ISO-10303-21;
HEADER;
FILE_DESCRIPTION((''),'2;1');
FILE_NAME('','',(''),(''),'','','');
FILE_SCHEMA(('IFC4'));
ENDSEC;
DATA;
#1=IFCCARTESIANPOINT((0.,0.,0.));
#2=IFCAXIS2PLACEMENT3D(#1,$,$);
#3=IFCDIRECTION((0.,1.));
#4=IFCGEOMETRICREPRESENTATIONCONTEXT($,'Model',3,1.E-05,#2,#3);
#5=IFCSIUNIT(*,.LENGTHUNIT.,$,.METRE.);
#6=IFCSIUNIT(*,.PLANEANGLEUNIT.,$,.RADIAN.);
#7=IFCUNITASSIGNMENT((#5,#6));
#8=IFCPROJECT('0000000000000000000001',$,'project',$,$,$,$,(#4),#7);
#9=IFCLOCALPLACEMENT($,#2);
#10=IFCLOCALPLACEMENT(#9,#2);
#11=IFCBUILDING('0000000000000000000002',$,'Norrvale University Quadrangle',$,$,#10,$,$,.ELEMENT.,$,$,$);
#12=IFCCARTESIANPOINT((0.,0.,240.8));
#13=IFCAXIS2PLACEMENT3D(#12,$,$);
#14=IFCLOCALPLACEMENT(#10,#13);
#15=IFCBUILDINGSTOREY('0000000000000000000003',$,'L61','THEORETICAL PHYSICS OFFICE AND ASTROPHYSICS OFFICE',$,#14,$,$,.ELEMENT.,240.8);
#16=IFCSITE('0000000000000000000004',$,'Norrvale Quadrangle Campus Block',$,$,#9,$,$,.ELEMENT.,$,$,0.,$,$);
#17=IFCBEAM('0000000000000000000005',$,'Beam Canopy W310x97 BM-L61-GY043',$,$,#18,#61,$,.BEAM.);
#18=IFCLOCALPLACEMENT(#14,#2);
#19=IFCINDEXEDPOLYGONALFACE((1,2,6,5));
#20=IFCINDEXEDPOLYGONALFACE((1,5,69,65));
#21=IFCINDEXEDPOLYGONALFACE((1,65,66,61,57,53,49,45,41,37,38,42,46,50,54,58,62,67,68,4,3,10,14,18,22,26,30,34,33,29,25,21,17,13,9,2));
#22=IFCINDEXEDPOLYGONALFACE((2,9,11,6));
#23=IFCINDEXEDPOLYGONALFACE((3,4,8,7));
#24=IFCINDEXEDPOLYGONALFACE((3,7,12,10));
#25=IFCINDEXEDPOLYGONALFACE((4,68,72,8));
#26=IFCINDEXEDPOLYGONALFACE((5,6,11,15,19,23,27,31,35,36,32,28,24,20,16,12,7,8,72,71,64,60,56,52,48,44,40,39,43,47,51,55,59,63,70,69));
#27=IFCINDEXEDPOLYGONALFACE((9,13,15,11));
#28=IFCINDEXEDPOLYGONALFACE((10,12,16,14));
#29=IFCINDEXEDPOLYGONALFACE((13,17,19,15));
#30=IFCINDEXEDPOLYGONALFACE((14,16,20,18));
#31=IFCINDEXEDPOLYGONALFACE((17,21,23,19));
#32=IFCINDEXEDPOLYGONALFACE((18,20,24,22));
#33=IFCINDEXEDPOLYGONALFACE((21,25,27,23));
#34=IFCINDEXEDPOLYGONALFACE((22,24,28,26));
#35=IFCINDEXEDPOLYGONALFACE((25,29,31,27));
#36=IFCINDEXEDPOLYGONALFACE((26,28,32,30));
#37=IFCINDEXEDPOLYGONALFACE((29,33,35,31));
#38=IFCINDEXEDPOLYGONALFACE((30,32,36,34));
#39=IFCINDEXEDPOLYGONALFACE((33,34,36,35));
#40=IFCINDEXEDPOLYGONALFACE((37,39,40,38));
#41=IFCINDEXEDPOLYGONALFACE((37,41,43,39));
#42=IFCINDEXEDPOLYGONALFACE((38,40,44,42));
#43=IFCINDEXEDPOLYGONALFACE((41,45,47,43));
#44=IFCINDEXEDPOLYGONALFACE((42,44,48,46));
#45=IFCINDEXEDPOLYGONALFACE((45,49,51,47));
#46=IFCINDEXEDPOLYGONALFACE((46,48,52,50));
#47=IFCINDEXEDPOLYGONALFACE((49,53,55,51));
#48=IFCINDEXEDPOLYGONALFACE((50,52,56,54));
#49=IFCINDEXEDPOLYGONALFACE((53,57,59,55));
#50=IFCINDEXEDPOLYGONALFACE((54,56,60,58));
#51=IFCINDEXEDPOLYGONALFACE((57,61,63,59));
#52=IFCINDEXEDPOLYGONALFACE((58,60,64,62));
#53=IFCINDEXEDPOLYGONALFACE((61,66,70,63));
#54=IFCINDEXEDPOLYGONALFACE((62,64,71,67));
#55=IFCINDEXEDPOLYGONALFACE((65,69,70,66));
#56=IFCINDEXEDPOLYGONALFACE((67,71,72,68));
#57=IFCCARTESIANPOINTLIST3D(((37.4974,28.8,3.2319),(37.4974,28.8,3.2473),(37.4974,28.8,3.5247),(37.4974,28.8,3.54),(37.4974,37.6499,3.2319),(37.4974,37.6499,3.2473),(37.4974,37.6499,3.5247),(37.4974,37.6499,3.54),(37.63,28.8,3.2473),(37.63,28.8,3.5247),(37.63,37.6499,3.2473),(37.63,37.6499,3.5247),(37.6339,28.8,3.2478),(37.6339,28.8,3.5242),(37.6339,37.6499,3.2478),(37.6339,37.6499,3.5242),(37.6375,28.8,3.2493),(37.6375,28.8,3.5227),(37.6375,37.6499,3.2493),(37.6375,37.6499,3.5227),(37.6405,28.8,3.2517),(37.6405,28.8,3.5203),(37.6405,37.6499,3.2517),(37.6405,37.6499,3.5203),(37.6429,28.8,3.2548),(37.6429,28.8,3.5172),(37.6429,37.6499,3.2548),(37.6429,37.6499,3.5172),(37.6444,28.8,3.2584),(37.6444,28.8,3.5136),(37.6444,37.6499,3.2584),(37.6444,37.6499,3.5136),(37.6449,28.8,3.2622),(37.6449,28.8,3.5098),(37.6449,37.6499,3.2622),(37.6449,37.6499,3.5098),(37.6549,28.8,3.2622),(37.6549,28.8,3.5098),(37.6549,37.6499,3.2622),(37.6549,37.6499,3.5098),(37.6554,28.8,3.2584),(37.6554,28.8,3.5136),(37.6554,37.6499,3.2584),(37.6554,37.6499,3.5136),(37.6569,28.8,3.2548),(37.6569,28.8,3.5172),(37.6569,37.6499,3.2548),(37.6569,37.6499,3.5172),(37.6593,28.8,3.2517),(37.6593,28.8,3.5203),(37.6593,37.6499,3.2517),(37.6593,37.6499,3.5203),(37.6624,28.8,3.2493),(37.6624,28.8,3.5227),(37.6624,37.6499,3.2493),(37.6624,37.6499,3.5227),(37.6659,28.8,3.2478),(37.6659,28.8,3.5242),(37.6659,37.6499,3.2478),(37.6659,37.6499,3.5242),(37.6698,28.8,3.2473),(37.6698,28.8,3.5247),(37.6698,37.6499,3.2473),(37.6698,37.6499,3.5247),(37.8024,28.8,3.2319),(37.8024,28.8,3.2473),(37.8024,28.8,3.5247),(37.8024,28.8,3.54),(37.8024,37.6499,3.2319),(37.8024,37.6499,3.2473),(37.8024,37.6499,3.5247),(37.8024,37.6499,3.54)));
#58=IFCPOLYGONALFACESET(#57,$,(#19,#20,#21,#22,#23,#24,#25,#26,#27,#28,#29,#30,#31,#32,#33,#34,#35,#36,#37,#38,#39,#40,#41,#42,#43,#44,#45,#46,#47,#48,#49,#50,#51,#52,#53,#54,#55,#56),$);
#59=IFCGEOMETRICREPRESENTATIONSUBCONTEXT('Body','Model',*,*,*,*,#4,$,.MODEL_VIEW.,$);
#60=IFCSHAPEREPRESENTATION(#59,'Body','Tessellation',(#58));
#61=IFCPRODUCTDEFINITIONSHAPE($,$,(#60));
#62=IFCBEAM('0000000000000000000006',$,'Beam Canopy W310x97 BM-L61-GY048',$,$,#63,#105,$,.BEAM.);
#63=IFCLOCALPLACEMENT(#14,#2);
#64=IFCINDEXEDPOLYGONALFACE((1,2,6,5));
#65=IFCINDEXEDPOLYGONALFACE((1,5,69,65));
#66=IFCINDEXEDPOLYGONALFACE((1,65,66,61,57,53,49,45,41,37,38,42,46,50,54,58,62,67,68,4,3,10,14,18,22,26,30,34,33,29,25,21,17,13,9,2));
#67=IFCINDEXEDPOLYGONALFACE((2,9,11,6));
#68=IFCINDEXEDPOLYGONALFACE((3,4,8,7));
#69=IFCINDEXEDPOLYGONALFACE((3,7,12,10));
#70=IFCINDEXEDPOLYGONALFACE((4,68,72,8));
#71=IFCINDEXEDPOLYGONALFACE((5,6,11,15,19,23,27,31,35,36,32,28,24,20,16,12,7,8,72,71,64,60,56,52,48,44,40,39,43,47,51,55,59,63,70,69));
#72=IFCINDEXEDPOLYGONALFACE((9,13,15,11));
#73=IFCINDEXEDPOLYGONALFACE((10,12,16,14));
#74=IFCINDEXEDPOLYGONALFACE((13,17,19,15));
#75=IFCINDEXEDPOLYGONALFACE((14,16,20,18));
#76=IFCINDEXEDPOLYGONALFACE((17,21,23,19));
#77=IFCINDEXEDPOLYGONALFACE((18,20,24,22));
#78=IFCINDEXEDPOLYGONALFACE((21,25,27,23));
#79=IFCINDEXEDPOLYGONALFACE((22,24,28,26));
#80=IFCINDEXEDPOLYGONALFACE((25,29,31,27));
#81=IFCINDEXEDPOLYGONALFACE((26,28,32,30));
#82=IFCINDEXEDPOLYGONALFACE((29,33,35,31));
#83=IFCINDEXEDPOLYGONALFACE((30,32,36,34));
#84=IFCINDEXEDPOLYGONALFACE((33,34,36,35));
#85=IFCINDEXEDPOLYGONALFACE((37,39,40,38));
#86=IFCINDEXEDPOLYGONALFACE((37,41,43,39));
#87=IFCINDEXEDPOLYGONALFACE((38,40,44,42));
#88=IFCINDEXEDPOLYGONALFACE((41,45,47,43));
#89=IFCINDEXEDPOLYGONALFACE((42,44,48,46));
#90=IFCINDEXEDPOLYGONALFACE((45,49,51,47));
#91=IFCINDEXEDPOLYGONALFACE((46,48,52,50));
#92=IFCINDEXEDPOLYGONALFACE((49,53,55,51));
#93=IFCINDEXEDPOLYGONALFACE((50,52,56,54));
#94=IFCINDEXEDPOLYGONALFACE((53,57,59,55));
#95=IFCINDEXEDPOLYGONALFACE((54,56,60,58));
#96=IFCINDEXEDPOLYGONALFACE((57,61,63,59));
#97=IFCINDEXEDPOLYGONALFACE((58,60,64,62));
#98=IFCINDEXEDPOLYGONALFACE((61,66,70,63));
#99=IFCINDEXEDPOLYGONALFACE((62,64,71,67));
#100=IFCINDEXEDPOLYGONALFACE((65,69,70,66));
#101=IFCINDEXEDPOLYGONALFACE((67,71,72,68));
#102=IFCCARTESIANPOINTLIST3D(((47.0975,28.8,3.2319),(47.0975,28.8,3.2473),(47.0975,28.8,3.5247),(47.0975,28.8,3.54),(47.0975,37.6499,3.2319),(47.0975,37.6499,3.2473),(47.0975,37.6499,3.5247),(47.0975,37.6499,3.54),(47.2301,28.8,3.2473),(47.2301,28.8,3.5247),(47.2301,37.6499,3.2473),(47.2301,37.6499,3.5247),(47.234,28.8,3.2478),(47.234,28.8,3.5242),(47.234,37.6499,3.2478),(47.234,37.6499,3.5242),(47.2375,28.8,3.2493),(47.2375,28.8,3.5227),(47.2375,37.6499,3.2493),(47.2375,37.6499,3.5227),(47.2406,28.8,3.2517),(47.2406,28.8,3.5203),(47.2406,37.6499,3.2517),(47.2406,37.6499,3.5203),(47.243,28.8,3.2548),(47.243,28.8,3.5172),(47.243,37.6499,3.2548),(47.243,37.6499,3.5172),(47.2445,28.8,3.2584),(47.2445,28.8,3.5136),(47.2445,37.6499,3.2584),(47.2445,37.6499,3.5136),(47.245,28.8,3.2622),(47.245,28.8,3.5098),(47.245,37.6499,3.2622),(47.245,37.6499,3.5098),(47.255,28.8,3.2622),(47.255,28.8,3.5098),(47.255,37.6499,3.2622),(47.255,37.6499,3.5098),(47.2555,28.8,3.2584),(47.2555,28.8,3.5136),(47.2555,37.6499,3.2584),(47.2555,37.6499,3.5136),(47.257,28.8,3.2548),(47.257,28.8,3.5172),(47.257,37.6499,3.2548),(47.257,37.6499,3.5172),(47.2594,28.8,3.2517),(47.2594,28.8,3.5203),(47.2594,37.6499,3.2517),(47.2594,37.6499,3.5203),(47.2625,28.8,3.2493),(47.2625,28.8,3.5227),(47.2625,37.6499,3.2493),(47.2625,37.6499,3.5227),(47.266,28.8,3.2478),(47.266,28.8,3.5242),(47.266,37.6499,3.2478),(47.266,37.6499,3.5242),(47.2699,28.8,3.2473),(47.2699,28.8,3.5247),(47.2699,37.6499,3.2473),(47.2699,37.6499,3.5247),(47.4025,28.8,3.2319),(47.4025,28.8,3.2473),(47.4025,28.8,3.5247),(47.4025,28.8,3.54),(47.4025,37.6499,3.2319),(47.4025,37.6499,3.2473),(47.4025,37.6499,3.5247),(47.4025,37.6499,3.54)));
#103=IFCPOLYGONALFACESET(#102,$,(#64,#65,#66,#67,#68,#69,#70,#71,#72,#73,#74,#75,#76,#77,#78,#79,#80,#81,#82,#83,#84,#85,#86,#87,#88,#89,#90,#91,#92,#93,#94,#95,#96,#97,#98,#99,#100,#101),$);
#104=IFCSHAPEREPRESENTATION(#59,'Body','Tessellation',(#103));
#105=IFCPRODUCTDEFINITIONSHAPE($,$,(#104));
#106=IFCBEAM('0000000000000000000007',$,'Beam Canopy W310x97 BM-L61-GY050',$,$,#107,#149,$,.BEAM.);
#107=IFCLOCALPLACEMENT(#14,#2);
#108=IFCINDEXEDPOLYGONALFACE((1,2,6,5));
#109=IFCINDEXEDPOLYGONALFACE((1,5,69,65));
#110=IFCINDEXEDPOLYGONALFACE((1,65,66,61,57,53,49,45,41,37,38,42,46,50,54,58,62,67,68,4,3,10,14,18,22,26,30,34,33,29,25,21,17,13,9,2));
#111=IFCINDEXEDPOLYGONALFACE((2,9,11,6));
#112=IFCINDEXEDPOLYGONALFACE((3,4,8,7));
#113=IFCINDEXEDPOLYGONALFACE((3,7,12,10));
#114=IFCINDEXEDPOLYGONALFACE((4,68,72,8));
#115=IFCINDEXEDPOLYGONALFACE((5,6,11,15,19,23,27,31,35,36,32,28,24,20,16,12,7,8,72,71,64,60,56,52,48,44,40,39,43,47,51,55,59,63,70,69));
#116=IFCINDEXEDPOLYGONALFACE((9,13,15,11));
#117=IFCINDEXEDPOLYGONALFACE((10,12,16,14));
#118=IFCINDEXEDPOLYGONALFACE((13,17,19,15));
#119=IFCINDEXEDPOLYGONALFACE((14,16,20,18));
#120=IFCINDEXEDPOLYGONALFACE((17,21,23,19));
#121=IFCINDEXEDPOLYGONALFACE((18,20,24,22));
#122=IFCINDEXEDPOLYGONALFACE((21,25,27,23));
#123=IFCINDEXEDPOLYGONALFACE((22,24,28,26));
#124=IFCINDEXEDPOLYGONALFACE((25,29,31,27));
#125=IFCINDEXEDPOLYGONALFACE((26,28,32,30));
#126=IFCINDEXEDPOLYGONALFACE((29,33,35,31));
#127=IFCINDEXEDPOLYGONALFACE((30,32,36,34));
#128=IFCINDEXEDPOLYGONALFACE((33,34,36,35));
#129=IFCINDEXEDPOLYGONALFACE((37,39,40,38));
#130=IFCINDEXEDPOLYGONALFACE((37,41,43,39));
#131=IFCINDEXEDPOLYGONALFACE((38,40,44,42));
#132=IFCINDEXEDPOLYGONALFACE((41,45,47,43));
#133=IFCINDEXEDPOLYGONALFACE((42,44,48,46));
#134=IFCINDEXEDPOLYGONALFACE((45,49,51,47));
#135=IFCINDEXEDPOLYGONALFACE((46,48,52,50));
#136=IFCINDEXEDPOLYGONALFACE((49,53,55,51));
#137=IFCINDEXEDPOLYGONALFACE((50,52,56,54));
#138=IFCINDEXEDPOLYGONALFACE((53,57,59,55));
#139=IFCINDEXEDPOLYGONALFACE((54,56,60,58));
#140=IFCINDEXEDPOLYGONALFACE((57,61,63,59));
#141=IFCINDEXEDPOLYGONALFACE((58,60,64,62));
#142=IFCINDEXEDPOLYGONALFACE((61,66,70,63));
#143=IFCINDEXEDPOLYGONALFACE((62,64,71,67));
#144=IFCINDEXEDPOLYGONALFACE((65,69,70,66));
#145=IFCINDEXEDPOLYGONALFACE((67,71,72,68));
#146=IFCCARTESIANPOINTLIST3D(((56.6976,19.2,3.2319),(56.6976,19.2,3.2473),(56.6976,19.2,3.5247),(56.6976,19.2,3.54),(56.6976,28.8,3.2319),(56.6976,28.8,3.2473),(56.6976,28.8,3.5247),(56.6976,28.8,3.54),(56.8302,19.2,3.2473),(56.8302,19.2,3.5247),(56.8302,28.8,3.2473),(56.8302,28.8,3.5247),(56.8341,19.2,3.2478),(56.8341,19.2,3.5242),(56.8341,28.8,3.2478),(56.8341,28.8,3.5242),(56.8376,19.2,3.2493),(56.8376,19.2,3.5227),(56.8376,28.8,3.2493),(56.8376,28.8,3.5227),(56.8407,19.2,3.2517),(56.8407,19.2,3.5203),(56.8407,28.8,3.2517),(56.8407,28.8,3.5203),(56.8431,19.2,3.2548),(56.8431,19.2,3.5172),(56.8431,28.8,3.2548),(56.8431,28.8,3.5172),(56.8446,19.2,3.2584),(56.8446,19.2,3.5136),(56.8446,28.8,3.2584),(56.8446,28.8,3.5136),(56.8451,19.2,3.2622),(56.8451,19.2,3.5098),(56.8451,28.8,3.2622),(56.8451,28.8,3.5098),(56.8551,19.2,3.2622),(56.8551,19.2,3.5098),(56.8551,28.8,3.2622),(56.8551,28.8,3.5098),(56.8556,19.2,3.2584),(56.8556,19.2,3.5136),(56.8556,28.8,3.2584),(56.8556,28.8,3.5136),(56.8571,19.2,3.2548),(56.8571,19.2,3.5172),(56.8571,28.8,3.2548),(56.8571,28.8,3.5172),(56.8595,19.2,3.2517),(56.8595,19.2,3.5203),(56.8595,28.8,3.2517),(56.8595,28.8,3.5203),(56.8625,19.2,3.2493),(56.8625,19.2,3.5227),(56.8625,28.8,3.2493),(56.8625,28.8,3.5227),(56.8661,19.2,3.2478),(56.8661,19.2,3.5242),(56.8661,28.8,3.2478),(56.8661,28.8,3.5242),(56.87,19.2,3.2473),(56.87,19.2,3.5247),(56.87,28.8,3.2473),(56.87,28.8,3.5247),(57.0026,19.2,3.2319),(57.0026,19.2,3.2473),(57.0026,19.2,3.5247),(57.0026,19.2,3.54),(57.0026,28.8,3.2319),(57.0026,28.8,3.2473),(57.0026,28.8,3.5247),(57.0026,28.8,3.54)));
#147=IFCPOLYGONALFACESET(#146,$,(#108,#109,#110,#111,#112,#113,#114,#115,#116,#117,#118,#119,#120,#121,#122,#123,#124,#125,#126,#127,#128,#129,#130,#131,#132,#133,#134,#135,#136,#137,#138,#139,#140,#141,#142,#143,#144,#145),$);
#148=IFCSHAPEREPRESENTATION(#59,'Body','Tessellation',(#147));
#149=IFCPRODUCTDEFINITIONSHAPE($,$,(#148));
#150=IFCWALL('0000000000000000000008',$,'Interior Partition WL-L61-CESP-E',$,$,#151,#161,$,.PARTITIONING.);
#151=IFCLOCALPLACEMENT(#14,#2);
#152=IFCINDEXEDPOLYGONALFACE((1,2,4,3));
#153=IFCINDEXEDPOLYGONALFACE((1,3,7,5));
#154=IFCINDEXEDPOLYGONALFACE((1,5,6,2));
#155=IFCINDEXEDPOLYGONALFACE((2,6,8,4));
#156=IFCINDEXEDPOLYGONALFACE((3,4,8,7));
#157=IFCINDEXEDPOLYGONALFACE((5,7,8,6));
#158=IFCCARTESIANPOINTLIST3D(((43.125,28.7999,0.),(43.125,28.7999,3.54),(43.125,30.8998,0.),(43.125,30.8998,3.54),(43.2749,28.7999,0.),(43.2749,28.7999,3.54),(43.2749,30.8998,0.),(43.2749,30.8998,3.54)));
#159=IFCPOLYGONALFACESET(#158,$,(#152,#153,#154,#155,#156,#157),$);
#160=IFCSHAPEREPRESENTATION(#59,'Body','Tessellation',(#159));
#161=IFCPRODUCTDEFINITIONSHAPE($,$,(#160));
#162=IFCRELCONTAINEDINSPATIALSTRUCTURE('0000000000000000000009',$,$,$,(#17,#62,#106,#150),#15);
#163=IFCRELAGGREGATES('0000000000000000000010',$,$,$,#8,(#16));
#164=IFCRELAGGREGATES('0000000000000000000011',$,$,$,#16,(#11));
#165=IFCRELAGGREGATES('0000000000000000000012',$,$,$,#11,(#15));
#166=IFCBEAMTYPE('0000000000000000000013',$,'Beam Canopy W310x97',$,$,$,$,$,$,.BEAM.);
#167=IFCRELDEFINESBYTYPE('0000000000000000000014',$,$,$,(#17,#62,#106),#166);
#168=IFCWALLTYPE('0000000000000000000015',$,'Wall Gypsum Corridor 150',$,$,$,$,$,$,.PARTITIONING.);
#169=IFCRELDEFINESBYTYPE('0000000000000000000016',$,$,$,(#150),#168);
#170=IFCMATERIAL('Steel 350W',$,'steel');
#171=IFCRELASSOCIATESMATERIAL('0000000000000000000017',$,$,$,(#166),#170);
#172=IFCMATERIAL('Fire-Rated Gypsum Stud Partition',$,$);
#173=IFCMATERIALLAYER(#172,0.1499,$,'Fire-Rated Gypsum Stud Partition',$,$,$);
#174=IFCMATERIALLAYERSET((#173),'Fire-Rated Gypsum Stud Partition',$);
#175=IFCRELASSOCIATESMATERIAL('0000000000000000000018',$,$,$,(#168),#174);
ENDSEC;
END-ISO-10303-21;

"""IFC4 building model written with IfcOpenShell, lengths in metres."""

from ifc_helpers import new_model, si_unit, direction, frame, frame_2d, origin, origin_2d, place, context, subcontext, project, spatial, rectangle, i_section, extrude, material, layer, layer_set, material_profile, profile_set, type_object, element, save


model = new_model("IFC4")

# Units and contexts
model_context = context("Model", 3, precision=1e-05, world=origin(), true_north=direction((0.0, 1.0)))
body_context = subcontext(model_context, "Body", "Model", "MODEL_VIEW")
ifc_project = project(units=[si_unit("LENGTHUNIT", "METRE"), si_unit("PLANEANGLEUNIT", "RADIAN")], contexts=[model_context])

# Site, building, storey
site_placement = place(None, origin())
site = spatial("IfcSite", under=ifc_project, at=site_placement, Name="Norrvale Quadrangle Campus Block", CompositionType="ELEMENT", RefElevation=0.0)
building_placement = place(site_placement, origin())
building = spatial("IfcBuilding", under=site, at=building_placement, Name="Norrvale University Quadrangle", CompositionType="ELEMENT")
storey_placement = place(building_placement, frame((0.0, 0.0, 240.8)))
storey = spatial("IfcBuildingStorey", under=building, at=storey_placement, Name="L61", Description="THEORETICAL PHYSICS OFFICE AND ASTROPHYSICS OFFICE", CompositionType="ELEMENT", Elevation=240.8)

# Beams
ifc_material_1 = material(Name="Steel 350W", Category="steel")
ifc_material_profile_1 = material_profile(ifc_material_1, i_section(OverallWidth=0.3049, OverallDepth=0.3081, WebThickness=0.01, FlangeThickness=0.0154, FilletRadius=0.0149, at=origin_2d()), Name="Steel 350W")
ifc_profile_set_1 = profile_set([ifc_material_profile_1], Name="Steel 350W")
beam_type_1 = type_object("IfcBeamType", Name="Beam Canopy W310x97", PredefinedType="BEAM", material=ifc_profile_set_1)
for number, where, z_axis, x_axis, name in (
    (1, (37.6499, 28.8, 3.386), (0.0, 1.0, 0.0), (-1.0, 0.0, 0.0), "Beam Canopy W310x97 BM-L61-GY043"),
    (2, (47.25, 28.8, 3.386), (0.0, 1.0, 0.0), (-1.0, 0.0, 0.0), "Beam Canopy W310x97 BM-L61-GY048"),
):
    element("IfcBeam", number, at=place(storey_placement, frame(where, z_axis=z_axis, x_axis=x_axis)), inside=storey, type_object=beam_type_1, Name=name, PredefinedType="BEAM", context=body_context, shape_type="SweptSolid", body=[
        extrude(i_section(OverallWidth=0.3049, OverallDepth=0.3081, WebThickness=0.01, FlangeThickness=0.0154, FilletRadius=0.0149, at=origin_2d()), origin(), (0.0, 0.0, 1.0), 8.8499),
    ])
beam_1_placement = place(storey_placement, frame((56.8501, 19.2, 3.386), z_axis=(0.0, 1.0, 0.0), x_axis=(-1.0, 0.0, 0.0)))
element("IfcBeam", 3, at=beam_1_placement, inside=storey, type_object=beam_type_1, Name="Beam Canopy W310x97 BM-L61-GY050", PredefinedType="BEAM", context=body_context, shape_type="SweptSolid", body=[
    extrude(i_section(OverallWidth=0.3049, OverallDepth=0.3081, WebThickness=0.01, FlangeThickness=0.0154, FilletRadius=0.0149, at=origin_2d()), origin(), (0.0, 0.0, 1.0), 9.6001),
])

# Wall
ifc_material_2 = material(Name="Fire-Rated Gypsum Stud Partition")
ifc_layer_1 = layer(ifc_material_2, 0.1499, Name="Fire-Rated Gypsum Stud Partition")
ifc_layer_set_1 = layer_set([ifc_layer_1], Name="Fire-Rated Gypsum Stud Partition")
wall_type_1 = type_object("IfcWallType", Name="Wall Gypsum Corridor 150", PredefinedType="PARTITIONING", material=ifc_layer_set_1)
wall_1_placement = place(storey_placement, frame((43.2, 28.8, 0.0), z_axis=(0.0, 0.0, 1.0), x_axis=(0.0, 1.0, 0.0)))
element("IfcWall", 4, at=wall_1_placement, inside=storey, type_object=wall_type_1, Name="Interior Partition WL-L61-CESP-E", PredefinedType="PARTITIONING", context=body_context, shape_type="SweptSolid", body=[
    extrude(rectangle(XDim=2.0999, YDim=0.1499, at=frame_2d((1.0498, 0.0))), origin(), (0.0, 0.0, 1.0), 3.54),
])

save(model, "model.ifc")
